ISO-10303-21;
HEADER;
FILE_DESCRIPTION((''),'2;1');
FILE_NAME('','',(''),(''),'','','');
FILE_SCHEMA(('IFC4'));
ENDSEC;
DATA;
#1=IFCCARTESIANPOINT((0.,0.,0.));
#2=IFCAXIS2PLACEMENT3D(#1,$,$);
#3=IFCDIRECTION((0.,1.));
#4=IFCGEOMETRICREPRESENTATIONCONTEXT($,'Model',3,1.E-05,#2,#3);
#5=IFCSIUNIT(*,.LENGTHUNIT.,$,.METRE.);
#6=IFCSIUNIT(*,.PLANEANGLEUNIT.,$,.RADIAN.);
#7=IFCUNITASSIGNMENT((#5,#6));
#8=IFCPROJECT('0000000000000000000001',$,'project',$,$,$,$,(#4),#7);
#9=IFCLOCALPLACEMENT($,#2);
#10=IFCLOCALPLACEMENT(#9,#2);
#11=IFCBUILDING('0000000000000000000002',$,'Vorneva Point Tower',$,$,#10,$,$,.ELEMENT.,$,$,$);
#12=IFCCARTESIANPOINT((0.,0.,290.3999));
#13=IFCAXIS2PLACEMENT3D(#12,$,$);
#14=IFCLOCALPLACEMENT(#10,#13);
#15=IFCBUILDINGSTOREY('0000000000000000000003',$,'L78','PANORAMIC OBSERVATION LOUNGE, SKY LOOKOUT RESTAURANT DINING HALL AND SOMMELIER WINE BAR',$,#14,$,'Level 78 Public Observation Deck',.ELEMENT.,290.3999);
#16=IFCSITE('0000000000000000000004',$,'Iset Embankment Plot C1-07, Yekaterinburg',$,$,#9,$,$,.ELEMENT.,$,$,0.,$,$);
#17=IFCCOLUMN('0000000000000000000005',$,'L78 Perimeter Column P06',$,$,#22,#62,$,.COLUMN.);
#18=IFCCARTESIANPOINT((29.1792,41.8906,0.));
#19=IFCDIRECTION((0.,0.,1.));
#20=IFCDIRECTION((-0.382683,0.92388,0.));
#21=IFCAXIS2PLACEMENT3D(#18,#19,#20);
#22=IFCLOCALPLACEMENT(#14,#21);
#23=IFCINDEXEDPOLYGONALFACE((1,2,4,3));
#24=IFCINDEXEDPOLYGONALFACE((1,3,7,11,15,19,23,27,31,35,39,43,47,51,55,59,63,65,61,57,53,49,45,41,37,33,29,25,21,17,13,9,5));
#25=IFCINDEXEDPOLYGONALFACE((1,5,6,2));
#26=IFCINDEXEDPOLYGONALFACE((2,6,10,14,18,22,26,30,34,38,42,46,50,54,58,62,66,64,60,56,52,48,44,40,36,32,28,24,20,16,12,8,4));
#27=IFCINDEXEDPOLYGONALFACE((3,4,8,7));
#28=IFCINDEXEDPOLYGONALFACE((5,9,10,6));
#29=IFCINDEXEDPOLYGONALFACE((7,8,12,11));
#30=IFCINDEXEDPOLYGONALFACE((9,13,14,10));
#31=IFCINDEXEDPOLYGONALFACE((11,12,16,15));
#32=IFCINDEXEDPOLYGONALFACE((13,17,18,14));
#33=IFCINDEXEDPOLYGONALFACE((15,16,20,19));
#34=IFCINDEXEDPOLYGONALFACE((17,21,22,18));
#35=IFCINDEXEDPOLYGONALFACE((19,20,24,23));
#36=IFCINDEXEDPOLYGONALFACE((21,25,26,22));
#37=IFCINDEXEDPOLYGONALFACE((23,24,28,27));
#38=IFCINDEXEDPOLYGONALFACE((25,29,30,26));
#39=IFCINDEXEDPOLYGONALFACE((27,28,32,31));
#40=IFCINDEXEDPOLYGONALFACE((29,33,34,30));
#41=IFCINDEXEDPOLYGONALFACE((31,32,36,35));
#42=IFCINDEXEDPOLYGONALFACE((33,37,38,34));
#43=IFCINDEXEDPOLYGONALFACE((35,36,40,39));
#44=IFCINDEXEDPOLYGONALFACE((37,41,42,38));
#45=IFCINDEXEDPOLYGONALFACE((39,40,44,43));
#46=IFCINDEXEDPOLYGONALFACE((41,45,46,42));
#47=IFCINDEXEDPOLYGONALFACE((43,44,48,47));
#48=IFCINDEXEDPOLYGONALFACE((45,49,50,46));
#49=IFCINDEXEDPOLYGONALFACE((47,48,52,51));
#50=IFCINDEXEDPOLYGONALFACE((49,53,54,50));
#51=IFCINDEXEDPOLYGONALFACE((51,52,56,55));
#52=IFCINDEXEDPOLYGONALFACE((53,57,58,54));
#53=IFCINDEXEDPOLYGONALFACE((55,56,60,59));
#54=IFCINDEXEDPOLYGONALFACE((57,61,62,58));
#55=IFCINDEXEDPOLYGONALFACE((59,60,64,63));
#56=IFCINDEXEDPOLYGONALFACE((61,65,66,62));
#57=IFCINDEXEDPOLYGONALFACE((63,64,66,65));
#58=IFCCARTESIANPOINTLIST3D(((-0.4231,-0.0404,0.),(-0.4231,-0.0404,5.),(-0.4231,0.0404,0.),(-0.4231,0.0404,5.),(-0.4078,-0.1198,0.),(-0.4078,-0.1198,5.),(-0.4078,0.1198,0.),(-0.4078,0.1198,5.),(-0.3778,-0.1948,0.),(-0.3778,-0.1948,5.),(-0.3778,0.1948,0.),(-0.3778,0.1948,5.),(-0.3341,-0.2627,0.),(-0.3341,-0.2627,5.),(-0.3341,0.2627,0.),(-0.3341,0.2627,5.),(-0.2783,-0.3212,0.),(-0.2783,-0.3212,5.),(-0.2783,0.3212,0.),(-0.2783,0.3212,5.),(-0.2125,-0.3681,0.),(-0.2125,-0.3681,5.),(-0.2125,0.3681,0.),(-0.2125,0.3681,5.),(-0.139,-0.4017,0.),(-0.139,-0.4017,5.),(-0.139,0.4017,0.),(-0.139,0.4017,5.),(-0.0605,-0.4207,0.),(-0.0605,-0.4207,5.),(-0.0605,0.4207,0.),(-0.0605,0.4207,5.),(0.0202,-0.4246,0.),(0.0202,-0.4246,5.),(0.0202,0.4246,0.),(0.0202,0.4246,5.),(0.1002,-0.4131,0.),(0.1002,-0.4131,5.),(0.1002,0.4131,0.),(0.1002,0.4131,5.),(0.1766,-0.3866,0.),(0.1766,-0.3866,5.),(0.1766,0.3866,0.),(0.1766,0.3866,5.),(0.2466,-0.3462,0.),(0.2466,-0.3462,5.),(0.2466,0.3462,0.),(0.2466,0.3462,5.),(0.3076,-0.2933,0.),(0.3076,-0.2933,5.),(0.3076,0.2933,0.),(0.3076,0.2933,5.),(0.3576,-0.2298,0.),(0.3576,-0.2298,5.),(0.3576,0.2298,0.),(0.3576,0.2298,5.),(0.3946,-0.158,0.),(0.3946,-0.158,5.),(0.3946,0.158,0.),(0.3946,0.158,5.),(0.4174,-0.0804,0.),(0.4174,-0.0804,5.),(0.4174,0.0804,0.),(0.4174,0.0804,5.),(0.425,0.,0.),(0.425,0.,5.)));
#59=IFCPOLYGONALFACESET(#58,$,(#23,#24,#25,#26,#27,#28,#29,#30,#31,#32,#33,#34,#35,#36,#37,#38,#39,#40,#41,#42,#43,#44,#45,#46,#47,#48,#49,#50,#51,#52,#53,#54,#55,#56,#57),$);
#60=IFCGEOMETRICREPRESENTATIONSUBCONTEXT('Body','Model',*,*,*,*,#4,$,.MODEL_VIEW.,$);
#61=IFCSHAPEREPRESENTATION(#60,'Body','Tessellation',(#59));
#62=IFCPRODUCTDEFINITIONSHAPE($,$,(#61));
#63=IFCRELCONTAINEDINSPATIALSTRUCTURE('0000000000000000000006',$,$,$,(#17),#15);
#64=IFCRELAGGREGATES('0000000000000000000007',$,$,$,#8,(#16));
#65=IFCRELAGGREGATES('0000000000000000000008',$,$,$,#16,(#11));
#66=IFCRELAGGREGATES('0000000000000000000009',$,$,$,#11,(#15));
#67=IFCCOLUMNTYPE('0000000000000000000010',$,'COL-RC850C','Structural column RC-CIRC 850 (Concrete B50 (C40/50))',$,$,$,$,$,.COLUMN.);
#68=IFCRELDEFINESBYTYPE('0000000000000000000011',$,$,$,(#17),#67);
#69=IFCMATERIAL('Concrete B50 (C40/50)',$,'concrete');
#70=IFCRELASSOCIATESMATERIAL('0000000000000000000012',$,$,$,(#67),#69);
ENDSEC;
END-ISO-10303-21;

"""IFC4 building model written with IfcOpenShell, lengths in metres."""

from ifc_helpers import new_model, si_unit, direction, frame, origin, origin_2d, place, context, subcontext, project, spatial, circle, extrude, material, material_profile, profile_set, type_object, element, save


model = new_model("IFC4")

# Units and contexts
model_context = context("Model", 3, precision=1e-05, world=origin(), true_north=direction((0.0, 1.0)))
body_context = subcontext(model_context, "Body", "Model", "MODEL_VIEW")
ifc_project = project(units=[si_unit("LENGTHUNIT", "METRE"), si_unit("PLANEANGLEUNIT", "RADIAN")], contexts=[model_context])

# Site, building, storey
site_placement = place(None, origin())
site = spatial("IfcSite", under=ifc_project, at=site_placement, Name="Iset Embankment Plot C1-07, Yekaterinburg", CompositionType="ELEMENT", RefElevation=0.0)
building_placement = place(site_placement, origin())
building = spatial("IfcBuilding", under=site, at=building_placement, Name="Vorneva Point Tower", CompositionType="ELEMENT")
storey_placement = place(building_placement, frame((0.0, 0.0, 290.3999)))
storey = spatial("IfcBuildingStorey", under=building, at=storey_placement, Name="L78", Description="PANORAMIC OBSERVATION LOUNGE, SKY LOOKOUT RESTAURANT DINING HALL AND SOMMELIER WINE BAR", LongName="Level 78 Public Observation Deck", CompositionType="ELEMENT", Elevation=290.3999)

# Column
ifc_material_1 = material(Name="Concrete B50 (C40/50)", Category="concrete")
ifc_material_profile_1 = material_profile(ifc_material_1, circle(Radius=0.425, at=origin_2d()), Name="RC-CIRC 850")
ifc_profile_set_1 = profile_set([ifc_material_profile_1], Name="Concrete B50 (C40/50)")
column_type = type_object("IfcColumnType", Name="COL-RC850C", Description="Structural column RC-CIRC 850 (Concrete B50 (C40/50))", PredefinedType="COLUMN", material=ifc_profile_set_1)
for number, where, z_axis, x_axis, name in (
    (1, (29.1792, 41.8906, 0.0), (0.0, 0.0, 1.0), (-0.382683, 0.92388, 0.0), "L78 Perimeter Column P06"),
):
    element("IfcColumn", number, at=place(storey_placement, frame(where, z_axis=z_axis, x_axis=x_axis)), inside=storey, type_object=column_type, Name=name, PredefinedType="COLUMN", context=body_context, shape_type="SweptSolid", body=[
        extrude(circle(Radius=0.425, at=origin_2d()), origin(), (0.0, 0.0, 1.0), 5.0),
    ])

save(model, "model.ifc")
